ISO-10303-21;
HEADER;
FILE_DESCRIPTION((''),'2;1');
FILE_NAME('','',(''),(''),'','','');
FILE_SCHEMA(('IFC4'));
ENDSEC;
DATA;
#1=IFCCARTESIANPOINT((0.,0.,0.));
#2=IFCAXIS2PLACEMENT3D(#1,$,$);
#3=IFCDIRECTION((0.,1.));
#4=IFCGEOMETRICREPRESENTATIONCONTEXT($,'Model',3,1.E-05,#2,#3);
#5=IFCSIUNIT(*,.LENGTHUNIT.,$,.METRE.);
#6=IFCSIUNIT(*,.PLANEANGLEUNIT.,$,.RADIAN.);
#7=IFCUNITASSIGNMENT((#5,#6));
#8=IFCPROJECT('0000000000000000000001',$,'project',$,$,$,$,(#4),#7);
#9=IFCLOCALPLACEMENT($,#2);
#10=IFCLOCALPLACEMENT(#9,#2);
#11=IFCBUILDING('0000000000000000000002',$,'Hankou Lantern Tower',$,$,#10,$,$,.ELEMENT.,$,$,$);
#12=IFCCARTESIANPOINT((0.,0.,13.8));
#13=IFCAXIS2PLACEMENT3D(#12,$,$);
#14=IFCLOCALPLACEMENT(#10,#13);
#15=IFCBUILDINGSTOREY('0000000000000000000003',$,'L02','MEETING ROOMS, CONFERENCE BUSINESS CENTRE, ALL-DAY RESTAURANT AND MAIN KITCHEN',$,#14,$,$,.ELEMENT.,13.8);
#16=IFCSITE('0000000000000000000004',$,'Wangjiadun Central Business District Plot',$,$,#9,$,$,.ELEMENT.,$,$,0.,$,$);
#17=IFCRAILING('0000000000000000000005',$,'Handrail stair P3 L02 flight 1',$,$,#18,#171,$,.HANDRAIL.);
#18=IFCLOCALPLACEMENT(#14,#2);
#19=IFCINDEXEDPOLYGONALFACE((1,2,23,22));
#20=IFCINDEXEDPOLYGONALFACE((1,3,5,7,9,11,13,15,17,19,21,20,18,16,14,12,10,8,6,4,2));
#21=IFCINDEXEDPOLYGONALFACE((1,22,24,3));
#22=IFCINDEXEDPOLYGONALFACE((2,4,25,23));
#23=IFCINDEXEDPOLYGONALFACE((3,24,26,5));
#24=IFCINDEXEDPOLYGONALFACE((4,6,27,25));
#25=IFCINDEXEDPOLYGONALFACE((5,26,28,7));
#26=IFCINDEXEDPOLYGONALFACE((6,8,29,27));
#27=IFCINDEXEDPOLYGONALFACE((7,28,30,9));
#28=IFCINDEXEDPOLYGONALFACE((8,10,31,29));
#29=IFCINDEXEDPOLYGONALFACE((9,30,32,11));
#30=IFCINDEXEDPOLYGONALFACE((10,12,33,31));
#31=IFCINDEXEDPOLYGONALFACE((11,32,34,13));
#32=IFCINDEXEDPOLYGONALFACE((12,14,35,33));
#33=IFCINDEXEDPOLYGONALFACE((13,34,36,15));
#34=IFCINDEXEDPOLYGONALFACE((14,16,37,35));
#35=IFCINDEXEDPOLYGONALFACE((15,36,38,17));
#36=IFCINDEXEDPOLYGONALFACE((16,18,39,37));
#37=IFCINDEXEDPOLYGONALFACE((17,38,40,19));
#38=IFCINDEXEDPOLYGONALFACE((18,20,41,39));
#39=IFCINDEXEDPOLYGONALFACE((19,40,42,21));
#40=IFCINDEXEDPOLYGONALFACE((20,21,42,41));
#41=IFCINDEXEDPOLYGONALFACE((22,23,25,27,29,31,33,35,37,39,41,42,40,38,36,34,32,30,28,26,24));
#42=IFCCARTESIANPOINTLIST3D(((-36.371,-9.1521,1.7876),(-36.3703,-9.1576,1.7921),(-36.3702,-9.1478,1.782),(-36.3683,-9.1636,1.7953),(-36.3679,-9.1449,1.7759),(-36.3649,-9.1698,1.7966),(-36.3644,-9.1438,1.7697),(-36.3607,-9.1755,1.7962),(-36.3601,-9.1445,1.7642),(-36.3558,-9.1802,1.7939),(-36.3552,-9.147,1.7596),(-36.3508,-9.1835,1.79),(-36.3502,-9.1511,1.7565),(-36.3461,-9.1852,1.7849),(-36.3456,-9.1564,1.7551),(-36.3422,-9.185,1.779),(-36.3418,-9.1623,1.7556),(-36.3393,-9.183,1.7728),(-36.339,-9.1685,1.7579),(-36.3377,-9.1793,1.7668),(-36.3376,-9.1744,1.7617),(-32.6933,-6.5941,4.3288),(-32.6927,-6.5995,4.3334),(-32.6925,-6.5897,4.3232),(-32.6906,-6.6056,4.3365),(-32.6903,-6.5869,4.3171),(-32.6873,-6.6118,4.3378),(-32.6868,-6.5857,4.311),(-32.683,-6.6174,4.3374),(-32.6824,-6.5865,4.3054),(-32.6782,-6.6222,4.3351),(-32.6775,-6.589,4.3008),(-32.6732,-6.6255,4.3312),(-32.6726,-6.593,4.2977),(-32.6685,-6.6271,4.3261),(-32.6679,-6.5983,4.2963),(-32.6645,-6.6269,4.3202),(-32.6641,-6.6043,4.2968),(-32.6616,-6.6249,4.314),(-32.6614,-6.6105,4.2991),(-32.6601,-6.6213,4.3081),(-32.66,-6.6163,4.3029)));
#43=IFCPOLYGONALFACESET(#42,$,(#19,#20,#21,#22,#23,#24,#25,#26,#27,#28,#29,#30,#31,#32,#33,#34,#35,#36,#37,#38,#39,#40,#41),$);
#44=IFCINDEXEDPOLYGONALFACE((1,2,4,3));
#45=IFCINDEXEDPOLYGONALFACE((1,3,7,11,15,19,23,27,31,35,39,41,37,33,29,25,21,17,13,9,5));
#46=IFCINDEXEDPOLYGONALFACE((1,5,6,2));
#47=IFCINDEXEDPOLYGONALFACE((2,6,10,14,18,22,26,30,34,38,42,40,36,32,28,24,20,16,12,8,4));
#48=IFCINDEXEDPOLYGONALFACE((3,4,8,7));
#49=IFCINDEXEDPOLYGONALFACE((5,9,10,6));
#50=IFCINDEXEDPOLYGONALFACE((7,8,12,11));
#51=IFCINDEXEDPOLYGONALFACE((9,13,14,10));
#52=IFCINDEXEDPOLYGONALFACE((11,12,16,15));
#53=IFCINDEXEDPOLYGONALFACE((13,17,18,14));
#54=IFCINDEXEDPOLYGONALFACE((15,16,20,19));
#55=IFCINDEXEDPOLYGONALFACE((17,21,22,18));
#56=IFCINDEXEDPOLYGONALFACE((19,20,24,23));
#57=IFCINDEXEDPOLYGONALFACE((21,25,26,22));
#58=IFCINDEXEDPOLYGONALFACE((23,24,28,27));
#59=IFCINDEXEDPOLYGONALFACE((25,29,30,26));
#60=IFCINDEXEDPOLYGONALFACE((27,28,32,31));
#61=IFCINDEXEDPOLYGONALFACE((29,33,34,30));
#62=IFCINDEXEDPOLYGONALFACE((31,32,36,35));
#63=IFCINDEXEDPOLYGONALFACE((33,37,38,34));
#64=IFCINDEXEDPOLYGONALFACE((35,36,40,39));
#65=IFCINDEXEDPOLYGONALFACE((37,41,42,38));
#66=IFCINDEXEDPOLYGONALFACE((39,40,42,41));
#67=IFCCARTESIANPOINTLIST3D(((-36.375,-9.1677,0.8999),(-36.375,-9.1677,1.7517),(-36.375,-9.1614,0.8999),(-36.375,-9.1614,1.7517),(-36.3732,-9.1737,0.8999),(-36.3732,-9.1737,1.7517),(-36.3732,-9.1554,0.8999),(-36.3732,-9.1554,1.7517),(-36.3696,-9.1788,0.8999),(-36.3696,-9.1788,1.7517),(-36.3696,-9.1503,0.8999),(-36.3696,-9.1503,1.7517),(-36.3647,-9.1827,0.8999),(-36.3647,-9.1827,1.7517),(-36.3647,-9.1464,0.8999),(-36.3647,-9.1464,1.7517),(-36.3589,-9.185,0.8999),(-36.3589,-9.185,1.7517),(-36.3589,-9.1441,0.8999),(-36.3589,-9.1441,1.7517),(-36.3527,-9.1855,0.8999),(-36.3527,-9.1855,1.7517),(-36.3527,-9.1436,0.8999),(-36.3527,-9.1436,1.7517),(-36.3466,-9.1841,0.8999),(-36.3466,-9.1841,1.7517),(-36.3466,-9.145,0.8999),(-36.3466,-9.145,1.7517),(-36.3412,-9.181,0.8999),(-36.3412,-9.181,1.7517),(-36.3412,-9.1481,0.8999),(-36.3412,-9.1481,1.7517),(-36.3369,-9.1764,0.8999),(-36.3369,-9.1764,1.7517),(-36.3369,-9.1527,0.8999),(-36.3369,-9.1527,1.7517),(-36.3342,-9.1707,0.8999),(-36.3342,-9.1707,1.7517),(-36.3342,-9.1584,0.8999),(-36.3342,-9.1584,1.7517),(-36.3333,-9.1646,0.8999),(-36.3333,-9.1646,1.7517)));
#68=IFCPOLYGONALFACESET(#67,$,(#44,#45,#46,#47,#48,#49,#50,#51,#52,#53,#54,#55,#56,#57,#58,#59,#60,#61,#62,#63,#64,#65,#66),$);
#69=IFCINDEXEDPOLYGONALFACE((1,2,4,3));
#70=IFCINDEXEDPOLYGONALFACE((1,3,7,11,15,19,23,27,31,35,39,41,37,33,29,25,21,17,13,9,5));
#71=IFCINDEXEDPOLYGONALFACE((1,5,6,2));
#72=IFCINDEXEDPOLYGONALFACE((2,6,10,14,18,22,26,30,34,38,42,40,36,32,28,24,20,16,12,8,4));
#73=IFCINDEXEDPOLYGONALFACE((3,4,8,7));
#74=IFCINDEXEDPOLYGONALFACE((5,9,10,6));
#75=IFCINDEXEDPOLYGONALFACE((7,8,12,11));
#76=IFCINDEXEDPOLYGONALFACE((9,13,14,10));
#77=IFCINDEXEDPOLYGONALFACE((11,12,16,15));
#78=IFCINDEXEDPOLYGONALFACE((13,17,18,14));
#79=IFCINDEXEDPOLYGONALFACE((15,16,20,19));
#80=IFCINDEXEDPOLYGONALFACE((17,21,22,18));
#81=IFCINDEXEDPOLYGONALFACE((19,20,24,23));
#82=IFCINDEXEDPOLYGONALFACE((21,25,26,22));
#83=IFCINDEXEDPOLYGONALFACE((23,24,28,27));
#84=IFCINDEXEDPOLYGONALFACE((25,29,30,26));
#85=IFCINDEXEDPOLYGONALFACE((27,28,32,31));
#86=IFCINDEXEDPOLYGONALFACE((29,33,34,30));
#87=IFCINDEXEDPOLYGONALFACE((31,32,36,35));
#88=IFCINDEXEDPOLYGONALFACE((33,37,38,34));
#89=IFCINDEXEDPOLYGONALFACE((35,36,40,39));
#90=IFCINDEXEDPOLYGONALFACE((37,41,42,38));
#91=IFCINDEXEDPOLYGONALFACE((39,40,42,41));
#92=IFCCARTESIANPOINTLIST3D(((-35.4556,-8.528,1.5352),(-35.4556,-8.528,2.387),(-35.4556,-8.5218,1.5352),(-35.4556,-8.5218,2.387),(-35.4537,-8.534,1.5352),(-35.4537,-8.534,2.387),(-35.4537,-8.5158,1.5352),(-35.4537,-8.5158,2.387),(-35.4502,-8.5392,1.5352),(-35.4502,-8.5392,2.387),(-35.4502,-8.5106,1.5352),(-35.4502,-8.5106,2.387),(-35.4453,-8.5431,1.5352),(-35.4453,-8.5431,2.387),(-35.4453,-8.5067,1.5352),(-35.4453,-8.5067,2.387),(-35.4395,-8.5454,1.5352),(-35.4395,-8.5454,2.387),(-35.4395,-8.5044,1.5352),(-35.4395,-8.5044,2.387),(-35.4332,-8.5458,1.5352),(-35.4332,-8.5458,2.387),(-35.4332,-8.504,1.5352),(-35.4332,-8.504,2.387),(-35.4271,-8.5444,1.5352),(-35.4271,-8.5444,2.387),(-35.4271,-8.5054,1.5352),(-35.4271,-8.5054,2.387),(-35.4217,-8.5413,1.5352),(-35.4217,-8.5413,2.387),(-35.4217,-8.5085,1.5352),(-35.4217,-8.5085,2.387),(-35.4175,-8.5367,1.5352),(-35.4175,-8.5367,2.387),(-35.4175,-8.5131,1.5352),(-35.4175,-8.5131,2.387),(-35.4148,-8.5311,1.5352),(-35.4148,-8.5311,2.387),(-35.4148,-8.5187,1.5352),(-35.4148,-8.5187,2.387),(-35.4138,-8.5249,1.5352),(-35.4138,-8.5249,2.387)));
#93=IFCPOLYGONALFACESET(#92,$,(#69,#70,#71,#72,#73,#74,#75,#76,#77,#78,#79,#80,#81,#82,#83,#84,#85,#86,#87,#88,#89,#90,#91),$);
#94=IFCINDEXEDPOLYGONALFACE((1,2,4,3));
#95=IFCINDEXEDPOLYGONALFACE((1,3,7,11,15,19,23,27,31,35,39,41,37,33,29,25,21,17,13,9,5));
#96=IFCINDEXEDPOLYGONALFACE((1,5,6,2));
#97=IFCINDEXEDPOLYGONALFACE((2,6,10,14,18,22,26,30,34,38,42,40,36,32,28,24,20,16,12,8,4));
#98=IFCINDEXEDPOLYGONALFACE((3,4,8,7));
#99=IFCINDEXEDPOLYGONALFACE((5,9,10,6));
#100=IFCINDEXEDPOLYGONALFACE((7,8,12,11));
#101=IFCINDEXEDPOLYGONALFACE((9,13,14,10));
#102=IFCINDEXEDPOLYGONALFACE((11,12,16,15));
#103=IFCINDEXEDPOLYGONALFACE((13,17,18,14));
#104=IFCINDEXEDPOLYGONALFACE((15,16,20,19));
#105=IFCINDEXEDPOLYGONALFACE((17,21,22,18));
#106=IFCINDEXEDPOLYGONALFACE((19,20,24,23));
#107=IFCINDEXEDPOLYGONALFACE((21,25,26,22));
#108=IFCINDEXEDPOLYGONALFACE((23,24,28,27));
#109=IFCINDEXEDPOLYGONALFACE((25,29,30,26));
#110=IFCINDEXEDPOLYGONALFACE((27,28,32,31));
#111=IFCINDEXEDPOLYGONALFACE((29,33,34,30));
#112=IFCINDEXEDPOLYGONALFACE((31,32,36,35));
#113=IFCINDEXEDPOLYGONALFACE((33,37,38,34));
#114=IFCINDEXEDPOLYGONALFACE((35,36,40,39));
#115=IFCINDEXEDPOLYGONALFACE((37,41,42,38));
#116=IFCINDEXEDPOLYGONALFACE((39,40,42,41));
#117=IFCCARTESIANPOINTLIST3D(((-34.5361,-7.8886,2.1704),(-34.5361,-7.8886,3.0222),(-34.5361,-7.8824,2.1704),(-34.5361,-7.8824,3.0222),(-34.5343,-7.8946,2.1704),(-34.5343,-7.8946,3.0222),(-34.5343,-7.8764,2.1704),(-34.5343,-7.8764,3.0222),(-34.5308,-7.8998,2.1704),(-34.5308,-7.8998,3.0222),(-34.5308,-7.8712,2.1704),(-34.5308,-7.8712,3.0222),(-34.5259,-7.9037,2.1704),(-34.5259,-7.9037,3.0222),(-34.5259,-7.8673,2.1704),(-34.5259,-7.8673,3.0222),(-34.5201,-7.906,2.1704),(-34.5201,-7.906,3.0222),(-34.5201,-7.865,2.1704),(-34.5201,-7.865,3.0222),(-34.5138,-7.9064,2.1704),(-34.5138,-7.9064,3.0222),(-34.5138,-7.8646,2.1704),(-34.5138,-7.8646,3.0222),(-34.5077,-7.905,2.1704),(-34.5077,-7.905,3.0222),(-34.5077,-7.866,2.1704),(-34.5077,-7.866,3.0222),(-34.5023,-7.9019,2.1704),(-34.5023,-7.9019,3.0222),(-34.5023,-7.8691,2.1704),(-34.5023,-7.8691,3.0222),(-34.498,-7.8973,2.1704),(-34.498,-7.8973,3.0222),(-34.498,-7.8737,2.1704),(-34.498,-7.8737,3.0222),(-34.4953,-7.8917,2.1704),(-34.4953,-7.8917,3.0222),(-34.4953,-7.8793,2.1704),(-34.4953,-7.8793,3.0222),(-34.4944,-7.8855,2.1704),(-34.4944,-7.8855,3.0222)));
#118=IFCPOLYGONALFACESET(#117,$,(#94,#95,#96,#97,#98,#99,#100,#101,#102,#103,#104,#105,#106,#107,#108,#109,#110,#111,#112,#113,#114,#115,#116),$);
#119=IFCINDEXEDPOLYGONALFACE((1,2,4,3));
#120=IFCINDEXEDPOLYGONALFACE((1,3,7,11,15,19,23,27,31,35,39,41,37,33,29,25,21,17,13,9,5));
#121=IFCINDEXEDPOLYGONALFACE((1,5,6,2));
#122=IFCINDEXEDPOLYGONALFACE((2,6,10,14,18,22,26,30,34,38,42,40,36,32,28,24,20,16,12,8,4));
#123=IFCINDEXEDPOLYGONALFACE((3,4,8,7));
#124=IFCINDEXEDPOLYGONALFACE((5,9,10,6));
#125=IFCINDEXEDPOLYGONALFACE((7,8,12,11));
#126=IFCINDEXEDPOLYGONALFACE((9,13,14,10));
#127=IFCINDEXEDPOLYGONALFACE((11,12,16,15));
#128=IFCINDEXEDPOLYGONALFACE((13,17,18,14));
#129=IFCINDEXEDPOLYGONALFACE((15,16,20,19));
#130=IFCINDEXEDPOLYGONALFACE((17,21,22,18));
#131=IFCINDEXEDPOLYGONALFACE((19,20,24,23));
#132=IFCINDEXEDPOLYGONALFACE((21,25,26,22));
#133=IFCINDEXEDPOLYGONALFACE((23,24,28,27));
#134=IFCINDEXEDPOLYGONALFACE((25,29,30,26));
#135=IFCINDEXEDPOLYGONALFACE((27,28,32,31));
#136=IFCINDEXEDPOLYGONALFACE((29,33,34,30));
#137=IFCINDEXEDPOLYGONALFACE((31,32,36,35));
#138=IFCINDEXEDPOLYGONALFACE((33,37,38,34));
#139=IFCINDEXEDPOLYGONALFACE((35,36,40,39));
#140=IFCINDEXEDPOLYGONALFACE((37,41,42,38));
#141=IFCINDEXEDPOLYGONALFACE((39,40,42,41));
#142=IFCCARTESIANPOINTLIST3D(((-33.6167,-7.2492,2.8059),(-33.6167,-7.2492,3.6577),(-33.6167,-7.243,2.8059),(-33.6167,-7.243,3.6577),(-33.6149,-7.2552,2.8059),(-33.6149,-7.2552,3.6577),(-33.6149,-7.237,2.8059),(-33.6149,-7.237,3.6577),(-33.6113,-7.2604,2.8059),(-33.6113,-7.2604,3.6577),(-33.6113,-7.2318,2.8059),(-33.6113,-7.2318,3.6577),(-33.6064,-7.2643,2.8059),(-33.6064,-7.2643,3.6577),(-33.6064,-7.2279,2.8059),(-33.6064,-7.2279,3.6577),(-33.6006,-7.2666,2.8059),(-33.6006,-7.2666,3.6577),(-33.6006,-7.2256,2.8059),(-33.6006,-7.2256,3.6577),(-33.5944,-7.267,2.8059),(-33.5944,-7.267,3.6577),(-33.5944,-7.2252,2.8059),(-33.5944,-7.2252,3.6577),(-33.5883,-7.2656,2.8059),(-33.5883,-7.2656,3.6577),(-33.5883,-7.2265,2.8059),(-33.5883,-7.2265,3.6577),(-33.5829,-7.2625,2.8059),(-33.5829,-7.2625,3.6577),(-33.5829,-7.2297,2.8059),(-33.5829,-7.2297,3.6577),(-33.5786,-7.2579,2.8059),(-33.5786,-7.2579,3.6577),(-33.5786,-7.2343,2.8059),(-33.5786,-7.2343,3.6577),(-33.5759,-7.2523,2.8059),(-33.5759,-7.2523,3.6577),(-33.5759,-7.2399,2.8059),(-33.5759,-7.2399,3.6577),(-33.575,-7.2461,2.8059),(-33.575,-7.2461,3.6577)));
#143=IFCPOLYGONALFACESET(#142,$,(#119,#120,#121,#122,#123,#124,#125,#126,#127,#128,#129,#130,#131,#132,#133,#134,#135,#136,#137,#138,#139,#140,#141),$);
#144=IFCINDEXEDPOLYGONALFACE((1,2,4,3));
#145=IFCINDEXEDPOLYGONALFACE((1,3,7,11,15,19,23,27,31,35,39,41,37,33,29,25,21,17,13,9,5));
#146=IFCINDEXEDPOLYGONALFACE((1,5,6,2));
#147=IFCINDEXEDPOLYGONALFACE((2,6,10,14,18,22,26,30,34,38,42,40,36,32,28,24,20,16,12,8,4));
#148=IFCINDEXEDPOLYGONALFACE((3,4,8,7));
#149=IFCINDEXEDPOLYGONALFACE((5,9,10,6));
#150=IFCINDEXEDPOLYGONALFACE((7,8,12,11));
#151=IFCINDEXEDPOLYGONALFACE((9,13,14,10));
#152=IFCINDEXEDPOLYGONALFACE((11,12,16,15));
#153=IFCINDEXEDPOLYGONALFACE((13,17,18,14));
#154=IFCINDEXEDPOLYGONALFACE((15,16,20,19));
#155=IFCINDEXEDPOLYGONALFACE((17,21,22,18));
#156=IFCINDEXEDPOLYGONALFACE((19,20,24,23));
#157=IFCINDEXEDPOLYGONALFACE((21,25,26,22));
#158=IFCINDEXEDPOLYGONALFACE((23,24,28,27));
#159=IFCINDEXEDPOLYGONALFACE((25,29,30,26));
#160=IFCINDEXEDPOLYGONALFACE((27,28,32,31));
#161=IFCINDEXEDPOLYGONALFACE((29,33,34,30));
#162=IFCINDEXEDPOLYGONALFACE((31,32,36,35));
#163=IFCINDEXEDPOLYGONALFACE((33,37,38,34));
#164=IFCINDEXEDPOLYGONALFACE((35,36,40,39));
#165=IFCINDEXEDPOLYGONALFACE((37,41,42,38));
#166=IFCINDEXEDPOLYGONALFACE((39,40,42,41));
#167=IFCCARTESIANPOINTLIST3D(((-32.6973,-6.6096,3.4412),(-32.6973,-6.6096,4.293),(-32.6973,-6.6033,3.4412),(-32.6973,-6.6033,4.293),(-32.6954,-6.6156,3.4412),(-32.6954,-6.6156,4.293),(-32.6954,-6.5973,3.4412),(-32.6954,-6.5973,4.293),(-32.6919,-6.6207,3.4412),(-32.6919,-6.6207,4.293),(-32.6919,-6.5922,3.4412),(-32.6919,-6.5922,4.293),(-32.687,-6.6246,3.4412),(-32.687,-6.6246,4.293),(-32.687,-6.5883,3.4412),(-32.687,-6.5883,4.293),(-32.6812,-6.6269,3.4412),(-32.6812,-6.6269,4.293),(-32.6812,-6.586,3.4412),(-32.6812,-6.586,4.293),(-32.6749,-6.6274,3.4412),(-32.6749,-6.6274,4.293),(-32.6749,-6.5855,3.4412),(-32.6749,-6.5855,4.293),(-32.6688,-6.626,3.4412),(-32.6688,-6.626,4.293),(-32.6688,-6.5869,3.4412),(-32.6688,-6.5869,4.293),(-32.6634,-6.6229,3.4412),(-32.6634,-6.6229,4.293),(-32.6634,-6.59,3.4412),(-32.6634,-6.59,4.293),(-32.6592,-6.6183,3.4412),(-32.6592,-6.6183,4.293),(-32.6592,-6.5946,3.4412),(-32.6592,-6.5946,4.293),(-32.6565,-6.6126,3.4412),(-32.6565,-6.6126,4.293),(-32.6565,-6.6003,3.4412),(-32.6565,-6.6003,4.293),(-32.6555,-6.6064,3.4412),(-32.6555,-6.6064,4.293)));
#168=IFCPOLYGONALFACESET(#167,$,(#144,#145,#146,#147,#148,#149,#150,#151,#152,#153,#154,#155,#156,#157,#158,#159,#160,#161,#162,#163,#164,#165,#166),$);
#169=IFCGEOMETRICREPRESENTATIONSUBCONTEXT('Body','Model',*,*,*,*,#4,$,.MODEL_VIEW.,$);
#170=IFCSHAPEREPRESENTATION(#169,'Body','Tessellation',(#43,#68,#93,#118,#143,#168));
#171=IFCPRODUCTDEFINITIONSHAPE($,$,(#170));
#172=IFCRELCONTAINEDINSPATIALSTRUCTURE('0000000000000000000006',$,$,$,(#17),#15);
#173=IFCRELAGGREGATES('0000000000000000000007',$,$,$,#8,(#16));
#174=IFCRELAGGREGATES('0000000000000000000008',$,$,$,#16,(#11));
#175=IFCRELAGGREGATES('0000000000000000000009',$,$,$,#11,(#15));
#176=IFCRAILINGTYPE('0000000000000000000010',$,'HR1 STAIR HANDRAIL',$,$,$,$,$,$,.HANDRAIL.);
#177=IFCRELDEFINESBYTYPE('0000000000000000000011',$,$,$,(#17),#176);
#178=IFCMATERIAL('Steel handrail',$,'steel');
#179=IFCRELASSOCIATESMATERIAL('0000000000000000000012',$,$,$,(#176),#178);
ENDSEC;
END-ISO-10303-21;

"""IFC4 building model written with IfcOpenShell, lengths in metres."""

from ifc_helpers import new_model, si_unit, direction, frame, origin, origin_2d, place, context, subcontext, project, spatial, circle, extrude, material, type_object, element, save


model = new_model("IFC4")

# Units and contexts
model_context = context("Model", 3, precision=1e-05, world=origin(), true_north=direction((0.0, 1.0)))
body_context = subcontext(model_context, "Body", "Model", "MODEL_VIEW")
ifc_project = project(units=[si_unit("LENGTHUNIT", "METRE"), si_unit("PLANEANGLEUNIT", "RADIAN")], contexts=[model_context])

# Site, building, storey
site_placement = place(None, origin())
site = spatial("IfcSite", under=ifc_project, at=site_placement, Name="Wangjiadun Central Business District Plot", CompositionType="ELEMENT", RefElevation=0.0)
building_placement = place(site_placement, origin())
building = spatial("IfcBuilding", under=site, at=building_placement, Name="Hankou Lantern Tower", CompositionType="ELEMENT")
storey_placement = place(building_placement, frame((0.0, 0.0, 13.8)))
storey = spatial("IfcBuildingStorey", under=building, at=storey_placement, Name="L02", Description="MEETING ROOMS, CONFERENCE BUSINESS CENTRE, ALL-DAY RESTAURANT AND MAIN KITCHEN", CompositionType="ELEMENT", Elevation=13.8)

# Railing
ifc_material_1 = material(Name="Steel handrail", Category="steel")
railing_type = type_object("IfcRailingType", Name="HR1 STAIR HANDRAIL", PredefinedType="HANDRAIL", material=ifc_material_1)
railing_1_placement = place(storey_placement, frame((-36.3542, -9.1646, 0.8999)))
element("IfcRailing", 1, at=railing_1_placement, inside=storey, type_object=railing_type, Name="Handrail stair P3 L02 flight 1", PredefinedType="HANDRAIL", context=body_context, shape_type="SweptSolid", body=[
    extrude(circle(Radius=0.0239, at=origin_2d()), frame((0.0, 0.0, 0.876), z_axis=(0.714054, 0.496671, 0.493401), x_axis=(-0.571017, 0.820939, 0.0)), (0.0, 0.0, 1.0), 5.1504),
    extrude(circle(Radius=0.021, at=origin_2d()), origin(), (0.0, 0.0, 1.0), 0.8518),
    extrude(circle(Radius=0.021, at=origin_2d()), frame((0.9194, 0.6396, 0.6353)), (0.0, 0.0, 1.0), 0.8518),
    extrude(circle(Radius=0.021, at=origin_2d()), frame((1.8389, 1.2791, 1.2705)), (0.0, 0.0, 1.0), 0.8518),
    extrude(circle(Radius=0.021, at=origin_2d()), frame((2.7583, 1.9185, 1.906)), (0.0, 0.0, 1.0), 0.8518),
    extrude(circle(Radius=0.021, at=origin_2d()), frame((3.6777, 2.5581, 2.5413)), (0.0, 0.0, 1.0), 0.8518),
])

save(model, "model.ifc")
